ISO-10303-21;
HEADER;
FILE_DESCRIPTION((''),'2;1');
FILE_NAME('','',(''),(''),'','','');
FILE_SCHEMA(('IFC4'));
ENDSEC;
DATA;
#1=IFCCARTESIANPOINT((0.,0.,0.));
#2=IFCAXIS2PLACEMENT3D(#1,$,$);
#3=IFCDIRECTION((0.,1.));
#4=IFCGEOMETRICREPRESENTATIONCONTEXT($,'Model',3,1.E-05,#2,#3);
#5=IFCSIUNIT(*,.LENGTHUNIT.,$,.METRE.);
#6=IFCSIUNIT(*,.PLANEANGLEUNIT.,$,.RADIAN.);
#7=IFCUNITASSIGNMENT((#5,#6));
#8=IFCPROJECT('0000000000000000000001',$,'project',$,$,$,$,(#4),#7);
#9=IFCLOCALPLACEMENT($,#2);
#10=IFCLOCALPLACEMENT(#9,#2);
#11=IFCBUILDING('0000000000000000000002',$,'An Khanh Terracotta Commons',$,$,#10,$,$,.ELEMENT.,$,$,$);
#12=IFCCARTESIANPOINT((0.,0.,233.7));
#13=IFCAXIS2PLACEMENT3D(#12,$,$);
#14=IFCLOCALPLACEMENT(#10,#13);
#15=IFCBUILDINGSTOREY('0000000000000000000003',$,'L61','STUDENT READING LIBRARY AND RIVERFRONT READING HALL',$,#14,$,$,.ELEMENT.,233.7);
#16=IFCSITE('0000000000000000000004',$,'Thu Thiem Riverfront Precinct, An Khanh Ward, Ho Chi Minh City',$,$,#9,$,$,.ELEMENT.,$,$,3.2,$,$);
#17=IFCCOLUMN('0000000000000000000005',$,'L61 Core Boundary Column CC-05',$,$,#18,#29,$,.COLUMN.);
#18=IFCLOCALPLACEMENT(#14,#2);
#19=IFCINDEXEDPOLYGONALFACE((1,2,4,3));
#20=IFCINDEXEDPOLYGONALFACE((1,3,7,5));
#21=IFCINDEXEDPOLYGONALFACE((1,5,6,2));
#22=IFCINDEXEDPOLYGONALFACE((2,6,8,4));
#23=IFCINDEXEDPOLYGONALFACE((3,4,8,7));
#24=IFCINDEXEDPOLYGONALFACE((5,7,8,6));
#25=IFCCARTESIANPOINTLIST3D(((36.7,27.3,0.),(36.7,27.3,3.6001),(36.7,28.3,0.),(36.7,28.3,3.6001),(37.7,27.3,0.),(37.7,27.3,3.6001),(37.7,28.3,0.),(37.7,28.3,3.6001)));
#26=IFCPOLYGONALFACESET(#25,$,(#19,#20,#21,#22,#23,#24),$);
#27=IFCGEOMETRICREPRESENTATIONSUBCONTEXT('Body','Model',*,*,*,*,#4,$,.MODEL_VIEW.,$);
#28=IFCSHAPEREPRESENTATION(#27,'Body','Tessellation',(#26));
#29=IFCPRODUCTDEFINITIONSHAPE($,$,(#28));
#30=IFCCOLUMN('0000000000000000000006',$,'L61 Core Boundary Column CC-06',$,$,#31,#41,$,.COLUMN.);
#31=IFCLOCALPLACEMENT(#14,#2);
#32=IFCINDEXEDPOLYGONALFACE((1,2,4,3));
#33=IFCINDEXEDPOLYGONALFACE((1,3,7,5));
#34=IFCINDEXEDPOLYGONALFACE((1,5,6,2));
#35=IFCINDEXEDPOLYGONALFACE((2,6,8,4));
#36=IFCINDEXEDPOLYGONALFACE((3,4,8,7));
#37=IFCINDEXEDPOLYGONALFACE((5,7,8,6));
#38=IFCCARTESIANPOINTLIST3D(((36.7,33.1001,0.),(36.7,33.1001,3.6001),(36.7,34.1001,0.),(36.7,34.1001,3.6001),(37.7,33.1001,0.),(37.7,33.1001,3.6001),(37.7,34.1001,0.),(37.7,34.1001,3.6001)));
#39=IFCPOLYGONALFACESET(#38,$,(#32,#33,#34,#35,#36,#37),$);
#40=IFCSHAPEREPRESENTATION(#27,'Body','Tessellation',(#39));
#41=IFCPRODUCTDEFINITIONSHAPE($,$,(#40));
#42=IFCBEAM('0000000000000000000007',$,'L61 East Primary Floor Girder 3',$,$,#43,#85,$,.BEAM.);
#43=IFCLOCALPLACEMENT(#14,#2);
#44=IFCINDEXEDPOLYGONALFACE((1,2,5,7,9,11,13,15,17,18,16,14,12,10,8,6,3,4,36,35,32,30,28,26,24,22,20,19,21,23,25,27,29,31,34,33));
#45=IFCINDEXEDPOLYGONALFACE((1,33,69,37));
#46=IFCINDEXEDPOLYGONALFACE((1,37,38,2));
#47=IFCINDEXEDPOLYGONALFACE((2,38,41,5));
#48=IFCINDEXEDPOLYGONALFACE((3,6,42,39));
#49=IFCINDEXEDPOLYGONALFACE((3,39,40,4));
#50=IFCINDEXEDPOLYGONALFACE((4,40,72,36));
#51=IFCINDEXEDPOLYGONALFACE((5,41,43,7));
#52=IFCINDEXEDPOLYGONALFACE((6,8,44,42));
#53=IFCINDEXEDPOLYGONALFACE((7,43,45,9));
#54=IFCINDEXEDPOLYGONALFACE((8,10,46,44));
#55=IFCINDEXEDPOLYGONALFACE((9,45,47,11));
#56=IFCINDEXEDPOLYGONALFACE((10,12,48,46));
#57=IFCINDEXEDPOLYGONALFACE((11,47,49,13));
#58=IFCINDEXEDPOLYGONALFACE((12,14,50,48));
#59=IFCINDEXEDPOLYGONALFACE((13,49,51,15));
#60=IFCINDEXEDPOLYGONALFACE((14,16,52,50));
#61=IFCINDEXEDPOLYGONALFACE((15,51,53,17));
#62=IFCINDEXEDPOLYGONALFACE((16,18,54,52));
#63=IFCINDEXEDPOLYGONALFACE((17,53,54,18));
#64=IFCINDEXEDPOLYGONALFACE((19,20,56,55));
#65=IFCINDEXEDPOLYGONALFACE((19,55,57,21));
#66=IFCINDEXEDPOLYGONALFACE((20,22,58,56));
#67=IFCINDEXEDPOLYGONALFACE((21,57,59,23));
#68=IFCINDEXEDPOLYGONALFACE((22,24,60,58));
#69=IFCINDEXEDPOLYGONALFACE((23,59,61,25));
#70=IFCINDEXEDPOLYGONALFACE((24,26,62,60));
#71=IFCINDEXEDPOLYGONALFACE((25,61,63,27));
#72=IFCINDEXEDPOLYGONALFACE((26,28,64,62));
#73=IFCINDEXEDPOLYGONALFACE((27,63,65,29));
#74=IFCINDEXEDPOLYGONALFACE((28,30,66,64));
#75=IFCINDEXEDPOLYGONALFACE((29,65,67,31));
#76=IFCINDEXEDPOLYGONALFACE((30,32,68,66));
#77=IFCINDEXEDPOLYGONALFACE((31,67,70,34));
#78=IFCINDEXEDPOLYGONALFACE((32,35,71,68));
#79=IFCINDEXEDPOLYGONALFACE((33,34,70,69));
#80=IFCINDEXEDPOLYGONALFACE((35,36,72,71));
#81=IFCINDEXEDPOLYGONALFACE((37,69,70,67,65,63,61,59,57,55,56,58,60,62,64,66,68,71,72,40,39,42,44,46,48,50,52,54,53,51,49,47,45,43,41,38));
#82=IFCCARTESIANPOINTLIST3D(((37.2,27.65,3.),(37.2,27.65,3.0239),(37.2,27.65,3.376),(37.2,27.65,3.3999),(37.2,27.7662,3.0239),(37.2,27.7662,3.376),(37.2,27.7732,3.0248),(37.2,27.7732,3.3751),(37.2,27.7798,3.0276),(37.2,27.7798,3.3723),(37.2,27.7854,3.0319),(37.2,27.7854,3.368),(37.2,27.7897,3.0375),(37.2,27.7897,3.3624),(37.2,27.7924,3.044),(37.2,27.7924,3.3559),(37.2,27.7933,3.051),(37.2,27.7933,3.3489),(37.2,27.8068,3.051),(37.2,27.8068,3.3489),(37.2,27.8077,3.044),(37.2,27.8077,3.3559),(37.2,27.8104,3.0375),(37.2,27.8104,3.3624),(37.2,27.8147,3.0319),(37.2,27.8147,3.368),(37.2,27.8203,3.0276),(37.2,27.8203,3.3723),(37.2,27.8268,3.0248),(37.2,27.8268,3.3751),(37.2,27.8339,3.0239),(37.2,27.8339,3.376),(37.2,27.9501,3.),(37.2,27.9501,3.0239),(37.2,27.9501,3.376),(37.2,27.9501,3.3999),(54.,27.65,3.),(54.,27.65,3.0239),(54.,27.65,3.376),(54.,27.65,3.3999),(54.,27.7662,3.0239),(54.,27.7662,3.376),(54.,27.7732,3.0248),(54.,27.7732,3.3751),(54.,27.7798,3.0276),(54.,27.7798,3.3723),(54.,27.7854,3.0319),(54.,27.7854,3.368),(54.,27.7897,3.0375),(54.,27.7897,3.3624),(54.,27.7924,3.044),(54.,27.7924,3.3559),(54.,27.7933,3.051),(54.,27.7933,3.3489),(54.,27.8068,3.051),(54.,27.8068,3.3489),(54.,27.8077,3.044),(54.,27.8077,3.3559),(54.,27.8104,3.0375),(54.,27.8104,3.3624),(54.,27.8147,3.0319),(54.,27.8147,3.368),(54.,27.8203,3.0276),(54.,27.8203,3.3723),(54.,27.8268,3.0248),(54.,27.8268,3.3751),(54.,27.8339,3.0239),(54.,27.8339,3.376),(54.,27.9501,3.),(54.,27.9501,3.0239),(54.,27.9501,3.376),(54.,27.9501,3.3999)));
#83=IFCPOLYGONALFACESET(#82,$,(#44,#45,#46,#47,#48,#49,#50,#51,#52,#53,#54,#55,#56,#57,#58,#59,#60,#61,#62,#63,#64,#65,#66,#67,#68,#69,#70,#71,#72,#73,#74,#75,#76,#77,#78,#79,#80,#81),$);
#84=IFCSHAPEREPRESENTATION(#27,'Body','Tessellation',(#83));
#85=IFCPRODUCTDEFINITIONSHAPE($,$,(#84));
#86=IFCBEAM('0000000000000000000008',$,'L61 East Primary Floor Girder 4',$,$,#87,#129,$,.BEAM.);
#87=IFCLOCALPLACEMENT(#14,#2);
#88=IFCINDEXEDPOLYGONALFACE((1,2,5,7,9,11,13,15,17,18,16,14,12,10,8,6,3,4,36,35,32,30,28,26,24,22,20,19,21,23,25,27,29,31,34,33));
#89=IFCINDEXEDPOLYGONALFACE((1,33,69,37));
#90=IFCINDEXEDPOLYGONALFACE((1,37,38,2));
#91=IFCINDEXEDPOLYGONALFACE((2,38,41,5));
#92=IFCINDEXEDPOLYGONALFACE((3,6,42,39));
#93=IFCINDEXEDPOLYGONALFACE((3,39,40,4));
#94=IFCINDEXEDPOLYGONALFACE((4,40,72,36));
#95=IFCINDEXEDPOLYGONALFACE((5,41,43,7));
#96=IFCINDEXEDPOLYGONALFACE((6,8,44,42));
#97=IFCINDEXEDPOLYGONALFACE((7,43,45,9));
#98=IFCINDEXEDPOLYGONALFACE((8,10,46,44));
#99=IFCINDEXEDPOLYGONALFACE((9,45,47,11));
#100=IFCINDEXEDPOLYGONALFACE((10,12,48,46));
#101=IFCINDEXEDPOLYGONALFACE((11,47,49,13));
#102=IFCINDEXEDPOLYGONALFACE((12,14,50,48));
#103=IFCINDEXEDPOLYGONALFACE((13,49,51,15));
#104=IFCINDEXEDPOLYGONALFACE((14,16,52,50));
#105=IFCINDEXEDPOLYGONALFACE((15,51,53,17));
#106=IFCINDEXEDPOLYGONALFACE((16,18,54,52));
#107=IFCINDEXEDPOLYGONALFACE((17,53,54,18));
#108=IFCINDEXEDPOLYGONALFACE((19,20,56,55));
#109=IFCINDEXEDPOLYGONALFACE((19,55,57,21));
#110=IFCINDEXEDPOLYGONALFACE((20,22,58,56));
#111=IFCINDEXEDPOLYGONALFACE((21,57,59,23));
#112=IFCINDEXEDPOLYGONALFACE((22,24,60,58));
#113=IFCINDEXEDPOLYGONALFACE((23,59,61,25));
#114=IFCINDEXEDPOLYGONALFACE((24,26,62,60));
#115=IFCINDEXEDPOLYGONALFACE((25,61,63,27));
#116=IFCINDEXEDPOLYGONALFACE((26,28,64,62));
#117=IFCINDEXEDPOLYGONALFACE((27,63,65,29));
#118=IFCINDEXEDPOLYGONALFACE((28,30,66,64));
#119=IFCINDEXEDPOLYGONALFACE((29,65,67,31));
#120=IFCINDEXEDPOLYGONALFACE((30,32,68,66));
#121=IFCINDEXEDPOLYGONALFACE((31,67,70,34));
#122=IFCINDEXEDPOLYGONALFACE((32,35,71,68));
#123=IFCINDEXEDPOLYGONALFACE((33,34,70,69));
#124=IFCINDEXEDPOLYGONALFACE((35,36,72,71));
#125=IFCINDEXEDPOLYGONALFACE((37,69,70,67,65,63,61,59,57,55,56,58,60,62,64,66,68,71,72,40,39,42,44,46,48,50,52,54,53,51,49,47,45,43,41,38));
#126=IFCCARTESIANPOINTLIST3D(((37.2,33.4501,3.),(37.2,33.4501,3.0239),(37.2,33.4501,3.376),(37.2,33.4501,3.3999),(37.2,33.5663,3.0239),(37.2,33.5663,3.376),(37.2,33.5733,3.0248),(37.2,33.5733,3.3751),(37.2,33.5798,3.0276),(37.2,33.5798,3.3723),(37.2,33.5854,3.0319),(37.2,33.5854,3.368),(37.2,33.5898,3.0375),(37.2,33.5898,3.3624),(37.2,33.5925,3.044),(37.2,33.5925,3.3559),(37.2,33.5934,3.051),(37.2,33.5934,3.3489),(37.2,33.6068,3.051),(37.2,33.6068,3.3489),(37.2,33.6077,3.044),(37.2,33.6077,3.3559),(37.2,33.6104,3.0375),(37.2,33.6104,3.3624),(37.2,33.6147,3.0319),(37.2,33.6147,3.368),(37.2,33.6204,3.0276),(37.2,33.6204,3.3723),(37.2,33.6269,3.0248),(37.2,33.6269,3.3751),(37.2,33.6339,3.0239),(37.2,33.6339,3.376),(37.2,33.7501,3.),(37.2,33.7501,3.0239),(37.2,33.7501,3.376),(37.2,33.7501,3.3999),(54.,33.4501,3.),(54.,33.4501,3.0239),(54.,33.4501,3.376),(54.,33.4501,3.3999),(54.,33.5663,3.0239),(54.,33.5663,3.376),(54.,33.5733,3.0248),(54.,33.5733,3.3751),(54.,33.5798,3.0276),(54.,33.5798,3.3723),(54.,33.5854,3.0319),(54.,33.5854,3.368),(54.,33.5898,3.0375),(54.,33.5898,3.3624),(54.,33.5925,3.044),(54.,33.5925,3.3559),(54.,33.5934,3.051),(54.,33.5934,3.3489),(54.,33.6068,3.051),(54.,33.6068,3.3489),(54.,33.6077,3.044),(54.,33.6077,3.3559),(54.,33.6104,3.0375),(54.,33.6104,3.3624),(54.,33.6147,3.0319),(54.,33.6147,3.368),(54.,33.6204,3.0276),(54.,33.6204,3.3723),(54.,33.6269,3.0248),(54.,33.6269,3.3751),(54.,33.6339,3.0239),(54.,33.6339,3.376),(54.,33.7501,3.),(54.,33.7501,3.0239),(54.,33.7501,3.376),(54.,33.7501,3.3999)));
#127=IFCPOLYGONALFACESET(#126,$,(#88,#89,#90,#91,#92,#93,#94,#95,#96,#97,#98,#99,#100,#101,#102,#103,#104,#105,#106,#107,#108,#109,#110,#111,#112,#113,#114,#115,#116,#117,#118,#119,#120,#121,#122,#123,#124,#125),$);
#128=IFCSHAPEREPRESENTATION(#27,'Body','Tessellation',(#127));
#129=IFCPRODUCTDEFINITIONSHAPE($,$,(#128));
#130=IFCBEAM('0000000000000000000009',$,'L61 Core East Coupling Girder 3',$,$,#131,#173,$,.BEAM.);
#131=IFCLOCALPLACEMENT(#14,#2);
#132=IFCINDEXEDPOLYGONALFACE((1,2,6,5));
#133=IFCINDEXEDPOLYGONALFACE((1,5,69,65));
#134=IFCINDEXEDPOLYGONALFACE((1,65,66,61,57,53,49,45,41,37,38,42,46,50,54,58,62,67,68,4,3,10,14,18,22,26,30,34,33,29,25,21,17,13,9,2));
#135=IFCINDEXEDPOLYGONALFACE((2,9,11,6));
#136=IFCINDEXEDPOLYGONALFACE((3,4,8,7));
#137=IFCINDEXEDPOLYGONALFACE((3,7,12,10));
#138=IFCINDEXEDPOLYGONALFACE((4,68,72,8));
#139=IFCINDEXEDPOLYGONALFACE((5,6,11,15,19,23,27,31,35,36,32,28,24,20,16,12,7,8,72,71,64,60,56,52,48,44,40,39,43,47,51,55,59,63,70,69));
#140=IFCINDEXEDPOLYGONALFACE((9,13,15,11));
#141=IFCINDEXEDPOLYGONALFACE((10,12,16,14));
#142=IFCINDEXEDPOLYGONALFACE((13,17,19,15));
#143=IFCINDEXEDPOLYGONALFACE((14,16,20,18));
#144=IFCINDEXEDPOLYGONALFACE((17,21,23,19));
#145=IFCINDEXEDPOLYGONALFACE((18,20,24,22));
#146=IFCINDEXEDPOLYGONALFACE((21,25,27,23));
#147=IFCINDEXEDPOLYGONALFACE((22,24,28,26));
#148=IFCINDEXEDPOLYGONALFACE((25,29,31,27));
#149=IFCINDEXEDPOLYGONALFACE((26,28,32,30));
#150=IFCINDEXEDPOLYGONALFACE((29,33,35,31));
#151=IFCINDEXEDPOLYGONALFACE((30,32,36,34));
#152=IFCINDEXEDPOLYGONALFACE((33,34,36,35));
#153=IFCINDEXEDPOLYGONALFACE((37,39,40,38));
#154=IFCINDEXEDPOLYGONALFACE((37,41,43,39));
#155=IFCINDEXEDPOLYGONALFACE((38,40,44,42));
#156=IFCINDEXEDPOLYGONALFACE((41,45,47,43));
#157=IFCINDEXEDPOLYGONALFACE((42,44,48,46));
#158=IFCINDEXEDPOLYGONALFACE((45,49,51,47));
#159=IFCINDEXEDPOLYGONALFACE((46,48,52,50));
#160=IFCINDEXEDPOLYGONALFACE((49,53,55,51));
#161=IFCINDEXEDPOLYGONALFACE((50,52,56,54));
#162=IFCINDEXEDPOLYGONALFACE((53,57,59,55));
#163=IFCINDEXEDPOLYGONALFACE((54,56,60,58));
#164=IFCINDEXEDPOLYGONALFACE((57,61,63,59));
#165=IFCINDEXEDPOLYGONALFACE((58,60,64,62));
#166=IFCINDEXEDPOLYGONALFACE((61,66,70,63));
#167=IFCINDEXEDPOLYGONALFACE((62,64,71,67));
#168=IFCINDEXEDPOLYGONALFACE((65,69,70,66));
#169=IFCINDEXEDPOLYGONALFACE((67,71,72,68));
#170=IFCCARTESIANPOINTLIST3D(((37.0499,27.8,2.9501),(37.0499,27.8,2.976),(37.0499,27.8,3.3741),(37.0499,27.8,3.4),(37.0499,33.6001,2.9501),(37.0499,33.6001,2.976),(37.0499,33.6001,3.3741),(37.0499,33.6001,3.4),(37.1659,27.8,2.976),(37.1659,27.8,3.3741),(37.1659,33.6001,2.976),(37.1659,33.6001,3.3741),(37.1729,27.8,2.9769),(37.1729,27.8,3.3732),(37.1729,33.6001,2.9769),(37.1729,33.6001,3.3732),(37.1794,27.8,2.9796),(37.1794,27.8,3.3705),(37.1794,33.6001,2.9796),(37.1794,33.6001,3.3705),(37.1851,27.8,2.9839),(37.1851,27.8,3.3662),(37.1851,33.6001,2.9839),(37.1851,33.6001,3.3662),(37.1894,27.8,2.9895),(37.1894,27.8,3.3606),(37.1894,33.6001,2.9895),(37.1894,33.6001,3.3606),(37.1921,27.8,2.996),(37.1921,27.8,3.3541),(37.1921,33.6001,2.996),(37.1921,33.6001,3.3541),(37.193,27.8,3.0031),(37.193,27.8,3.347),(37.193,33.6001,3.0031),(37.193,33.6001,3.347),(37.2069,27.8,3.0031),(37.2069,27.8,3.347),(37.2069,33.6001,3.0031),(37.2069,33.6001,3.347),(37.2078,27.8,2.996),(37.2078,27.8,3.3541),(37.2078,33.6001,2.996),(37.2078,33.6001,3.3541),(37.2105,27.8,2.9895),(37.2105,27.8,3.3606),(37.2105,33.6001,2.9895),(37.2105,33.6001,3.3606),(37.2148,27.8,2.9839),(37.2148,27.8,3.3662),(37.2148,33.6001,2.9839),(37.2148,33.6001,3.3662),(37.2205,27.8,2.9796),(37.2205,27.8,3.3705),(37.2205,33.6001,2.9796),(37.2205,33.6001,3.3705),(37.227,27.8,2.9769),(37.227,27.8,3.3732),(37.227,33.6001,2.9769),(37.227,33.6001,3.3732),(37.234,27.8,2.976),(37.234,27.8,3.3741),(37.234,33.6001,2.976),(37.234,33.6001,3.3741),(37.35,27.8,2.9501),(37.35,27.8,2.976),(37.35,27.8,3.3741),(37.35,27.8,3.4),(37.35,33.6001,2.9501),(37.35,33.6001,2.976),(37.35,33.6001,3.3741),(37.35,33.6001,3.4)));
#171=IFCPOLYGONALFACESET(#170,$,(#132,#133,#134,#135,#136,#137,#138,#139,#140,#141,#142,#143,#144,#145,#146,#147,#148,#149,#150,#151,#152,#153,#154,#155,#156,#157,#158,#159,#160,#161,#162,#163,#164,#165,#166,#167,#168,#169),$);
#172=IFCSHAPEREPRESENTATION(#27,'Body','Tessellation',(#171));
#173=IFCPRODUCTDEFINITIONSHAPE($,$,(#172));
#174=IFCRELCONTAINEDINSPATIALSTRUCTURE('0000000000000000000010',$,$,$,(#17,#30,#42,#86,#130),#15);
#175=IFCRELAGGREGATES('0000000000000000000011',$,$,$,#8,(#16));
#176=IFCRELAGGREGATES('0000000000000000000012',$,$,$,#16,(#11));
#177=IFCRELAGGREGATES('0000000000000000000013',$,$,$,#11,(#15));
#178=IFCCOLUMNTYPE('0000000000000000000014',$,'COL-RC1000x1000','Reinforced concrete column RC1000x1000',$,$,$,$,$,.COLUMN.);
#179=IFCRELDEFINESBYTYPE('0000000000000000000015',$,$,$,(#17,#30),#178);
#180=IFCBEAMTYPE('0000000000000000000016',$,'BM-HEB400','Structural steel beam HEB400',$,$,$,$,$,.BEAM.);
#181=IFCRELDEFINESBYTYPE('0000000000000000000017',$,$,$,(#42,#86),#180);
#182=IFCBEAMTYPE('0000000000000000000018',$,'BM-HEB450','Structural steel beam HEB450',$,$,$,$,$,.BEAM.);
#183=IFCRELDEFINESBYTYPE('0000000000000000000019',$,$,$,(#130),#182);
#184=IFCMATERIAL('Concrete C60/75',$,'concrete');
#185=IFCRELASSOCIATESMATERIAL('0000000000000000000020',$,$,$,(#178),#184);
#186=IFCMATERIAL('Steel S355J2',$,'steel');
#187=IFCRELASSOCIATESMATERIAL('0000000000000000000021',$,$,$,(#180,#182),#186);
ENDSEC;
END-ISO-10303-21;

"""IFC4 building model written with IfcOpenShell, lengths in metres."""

from ifc_helpers import new_model, si_unit, direction, frame, origin, origin_2d, place, context, subcontext, project, spatial, rectangle, i_section, extrude, material, material_profile, profile_set, type_object, element, save


model = new_model("IFC4")

# Units and contexts
model_context = context("Model", 3, precision=1e-05, world=origin(), true_north=direction((0.0, 1.0)))
body_context = subcontext(model_context, "Body", "Model", "MODEL_VIEW")
ifc_project = project(units=[si_unit("LENGTHUNIT", "METRE"), si_unit("PLANEANGLEUNIT", "RADIAN")], contexts=[model_context])

# Site, building, storey
site_placement = place(None, origin())
site = spatial("IfcSite", under=ifc_project, at=site_placement, Name="Thu Thiem Riverfront Precinct, An Khanh Ward, Ho Chi Minh City", CompositionType="ELEMENT", RefElevation=3.2)
building_placement = place(site_placement, origin())
building = spatial("IfcBuilding", under=site, at=building_placement, Name="An Khanh Terracotta Commons", CompositionType="ELEMENT")
storey_placement = place(building_placement, frame((0.0, 0.0, 233.7)))
storey = spatial("IfcBuildingStorey", under=building, at=storey_placement, Name="L61", Description="STUDENT READING LIBRARY AND RIVERFRONT READING HALL", CompositionType="ELEMENT", Elevation=233.7)

# Columns
ifc_material_1 = material(Name="Concrete C60/75", Category="concrete")
ifc_material_profile_1 = material_profile(ifc_material_1, rectangle(XDim=1.0, YDim=1.0, at=origin_2d()), Name="RC1000x1000")
ifc_profile_set_1 = profile_set([ifc_material_profile_1], Name="Concrete C60/75")
column_type = type_object("IfcColumnType", Name="COL-RC1000x1000", Description="Reinforced concrete column RC1000x1000", PredefinedType="COLUMN", material=ifc_profile_set_1)
for number, where, z_axis, x_axis, name in (
    (1, (37.2, 27.8, 0.0), (0.0, 0.0, 1.0), (1.0, 0.0, 0.0), "L61 Core Boundary Column CC-05"),
    (2, (37.2, 33.6001, 0.0), (0.0, 0.0, 1.0), (1.0, 0.0, 0.0), "L61 Core Boundary Column CC-06"),
):
    element("IfcColumn", number, at=place(storey_placement, frame(where, z_axis=z_axis, x_axis=x_axis)), inside=storey, type_object=column_type, Name=name, PredefinedType="COLUMN", context=body_context, shape_type="SweptSolid", body=[
        extrude(rectangle(XDim=1.0, YDim=1.0, at=origin_2d()), origin(), (0.0, 0.0, 1.0), 3.6001),
    ])

# Beams
ifc_material_2 = material(Name="Steel S355J2", Category="steel")
ifc_material_profile_2 = material_profile(ifc_material_2, i_section(OverallWidth=0.3, OverallDepth=0.3999, WebThickness=0.0134, FlangeThickness=0.0239, FilletRadius=0.0271, at=origin_2d()), Name="HEB400")
ifc_profile_set_2 = profile_set([ifc_material_profile_2], Name="Steel S355J2")
beam_type_1 = type_object("IfcBeamType", Name="BM-HEB400", Description="Structural steel beam HEB400", PredefinedType="BEAM", material=ifc_profile_set_2)
for number, where, z_axis, x_axis, name in (
    (3, (37.2, 27.8, 3.2), (1.0, 0.0, 0.0), (0.0, 1.0, 0.0), "L61 East Primary Floor Girder 3"),
    (4, (37.2, 33.6001, 3.2), (1.0, 0.0, 0.0), (0.0, 1.0, 0.0), "L61 East Primary Floor Girder 4"),
):
    element("IfcBeam", number, at=place(storey_placement, frame(where, z_axis=z_axis, x_axis=x_axis)), inside=storey, type_object=beam_type_1, Name=name, PredefinedType="BEAM", context=body_context, shape_type="SweptSolid", body=[
        extrude(i_section(OverallWidth=0.3, OverallDepth=0.3999, WebThickness=0.0134, FlangeThickness=0.0239, FilletRadius=0.0271, at=origin_2d()), origin(), (0.0, 0.0, 1.0), 16.8),
    ])
ifc_material_profile_3 = material_profile(ifc_material_2, i_section(OverallWidth=0.3, OverallDepth=0.45, WebThickness=0.0139, FlangeThickness=0.0259, FilletRadius=0.0271, at=origin_2d()), Name="HEB450")
ifc_profile_set_3 = profile_set([ifc_material_profile_3], Name="Steel S355J2")
beam_type_2 = type_object("IfcBeamType", Name="BM-HEB450", Description="Structural steel beam HEB450", PredefinedType="BEAM", material=ifc_profile_set_3)
beam_placement = place(storey_placement, frame((37.2, 27.8, 3.175), z_axis=(0.0, 1.0, 0.0), x_axis=(-1.0, 0.0, 0.0)))
element("IfcBeam", 5, at=beam_placement, inside=storey, type_object=beam_type_2, Name="L61 Core East Coupling Girder 3", PredefinedType="BEAM", context=body_context, shape_type="SweptSolid", body=[
    extrude(i_section(OverallWidth=0.3, OverallDepth=0.45, WebThickness=0.0139, FlangeThickness=0.0259, FilletRadius=0.0271, at=origin_2d()), origin(), (0.0, 0.0, 1.0), 5.8),
])

save(model, "model.ifc")
